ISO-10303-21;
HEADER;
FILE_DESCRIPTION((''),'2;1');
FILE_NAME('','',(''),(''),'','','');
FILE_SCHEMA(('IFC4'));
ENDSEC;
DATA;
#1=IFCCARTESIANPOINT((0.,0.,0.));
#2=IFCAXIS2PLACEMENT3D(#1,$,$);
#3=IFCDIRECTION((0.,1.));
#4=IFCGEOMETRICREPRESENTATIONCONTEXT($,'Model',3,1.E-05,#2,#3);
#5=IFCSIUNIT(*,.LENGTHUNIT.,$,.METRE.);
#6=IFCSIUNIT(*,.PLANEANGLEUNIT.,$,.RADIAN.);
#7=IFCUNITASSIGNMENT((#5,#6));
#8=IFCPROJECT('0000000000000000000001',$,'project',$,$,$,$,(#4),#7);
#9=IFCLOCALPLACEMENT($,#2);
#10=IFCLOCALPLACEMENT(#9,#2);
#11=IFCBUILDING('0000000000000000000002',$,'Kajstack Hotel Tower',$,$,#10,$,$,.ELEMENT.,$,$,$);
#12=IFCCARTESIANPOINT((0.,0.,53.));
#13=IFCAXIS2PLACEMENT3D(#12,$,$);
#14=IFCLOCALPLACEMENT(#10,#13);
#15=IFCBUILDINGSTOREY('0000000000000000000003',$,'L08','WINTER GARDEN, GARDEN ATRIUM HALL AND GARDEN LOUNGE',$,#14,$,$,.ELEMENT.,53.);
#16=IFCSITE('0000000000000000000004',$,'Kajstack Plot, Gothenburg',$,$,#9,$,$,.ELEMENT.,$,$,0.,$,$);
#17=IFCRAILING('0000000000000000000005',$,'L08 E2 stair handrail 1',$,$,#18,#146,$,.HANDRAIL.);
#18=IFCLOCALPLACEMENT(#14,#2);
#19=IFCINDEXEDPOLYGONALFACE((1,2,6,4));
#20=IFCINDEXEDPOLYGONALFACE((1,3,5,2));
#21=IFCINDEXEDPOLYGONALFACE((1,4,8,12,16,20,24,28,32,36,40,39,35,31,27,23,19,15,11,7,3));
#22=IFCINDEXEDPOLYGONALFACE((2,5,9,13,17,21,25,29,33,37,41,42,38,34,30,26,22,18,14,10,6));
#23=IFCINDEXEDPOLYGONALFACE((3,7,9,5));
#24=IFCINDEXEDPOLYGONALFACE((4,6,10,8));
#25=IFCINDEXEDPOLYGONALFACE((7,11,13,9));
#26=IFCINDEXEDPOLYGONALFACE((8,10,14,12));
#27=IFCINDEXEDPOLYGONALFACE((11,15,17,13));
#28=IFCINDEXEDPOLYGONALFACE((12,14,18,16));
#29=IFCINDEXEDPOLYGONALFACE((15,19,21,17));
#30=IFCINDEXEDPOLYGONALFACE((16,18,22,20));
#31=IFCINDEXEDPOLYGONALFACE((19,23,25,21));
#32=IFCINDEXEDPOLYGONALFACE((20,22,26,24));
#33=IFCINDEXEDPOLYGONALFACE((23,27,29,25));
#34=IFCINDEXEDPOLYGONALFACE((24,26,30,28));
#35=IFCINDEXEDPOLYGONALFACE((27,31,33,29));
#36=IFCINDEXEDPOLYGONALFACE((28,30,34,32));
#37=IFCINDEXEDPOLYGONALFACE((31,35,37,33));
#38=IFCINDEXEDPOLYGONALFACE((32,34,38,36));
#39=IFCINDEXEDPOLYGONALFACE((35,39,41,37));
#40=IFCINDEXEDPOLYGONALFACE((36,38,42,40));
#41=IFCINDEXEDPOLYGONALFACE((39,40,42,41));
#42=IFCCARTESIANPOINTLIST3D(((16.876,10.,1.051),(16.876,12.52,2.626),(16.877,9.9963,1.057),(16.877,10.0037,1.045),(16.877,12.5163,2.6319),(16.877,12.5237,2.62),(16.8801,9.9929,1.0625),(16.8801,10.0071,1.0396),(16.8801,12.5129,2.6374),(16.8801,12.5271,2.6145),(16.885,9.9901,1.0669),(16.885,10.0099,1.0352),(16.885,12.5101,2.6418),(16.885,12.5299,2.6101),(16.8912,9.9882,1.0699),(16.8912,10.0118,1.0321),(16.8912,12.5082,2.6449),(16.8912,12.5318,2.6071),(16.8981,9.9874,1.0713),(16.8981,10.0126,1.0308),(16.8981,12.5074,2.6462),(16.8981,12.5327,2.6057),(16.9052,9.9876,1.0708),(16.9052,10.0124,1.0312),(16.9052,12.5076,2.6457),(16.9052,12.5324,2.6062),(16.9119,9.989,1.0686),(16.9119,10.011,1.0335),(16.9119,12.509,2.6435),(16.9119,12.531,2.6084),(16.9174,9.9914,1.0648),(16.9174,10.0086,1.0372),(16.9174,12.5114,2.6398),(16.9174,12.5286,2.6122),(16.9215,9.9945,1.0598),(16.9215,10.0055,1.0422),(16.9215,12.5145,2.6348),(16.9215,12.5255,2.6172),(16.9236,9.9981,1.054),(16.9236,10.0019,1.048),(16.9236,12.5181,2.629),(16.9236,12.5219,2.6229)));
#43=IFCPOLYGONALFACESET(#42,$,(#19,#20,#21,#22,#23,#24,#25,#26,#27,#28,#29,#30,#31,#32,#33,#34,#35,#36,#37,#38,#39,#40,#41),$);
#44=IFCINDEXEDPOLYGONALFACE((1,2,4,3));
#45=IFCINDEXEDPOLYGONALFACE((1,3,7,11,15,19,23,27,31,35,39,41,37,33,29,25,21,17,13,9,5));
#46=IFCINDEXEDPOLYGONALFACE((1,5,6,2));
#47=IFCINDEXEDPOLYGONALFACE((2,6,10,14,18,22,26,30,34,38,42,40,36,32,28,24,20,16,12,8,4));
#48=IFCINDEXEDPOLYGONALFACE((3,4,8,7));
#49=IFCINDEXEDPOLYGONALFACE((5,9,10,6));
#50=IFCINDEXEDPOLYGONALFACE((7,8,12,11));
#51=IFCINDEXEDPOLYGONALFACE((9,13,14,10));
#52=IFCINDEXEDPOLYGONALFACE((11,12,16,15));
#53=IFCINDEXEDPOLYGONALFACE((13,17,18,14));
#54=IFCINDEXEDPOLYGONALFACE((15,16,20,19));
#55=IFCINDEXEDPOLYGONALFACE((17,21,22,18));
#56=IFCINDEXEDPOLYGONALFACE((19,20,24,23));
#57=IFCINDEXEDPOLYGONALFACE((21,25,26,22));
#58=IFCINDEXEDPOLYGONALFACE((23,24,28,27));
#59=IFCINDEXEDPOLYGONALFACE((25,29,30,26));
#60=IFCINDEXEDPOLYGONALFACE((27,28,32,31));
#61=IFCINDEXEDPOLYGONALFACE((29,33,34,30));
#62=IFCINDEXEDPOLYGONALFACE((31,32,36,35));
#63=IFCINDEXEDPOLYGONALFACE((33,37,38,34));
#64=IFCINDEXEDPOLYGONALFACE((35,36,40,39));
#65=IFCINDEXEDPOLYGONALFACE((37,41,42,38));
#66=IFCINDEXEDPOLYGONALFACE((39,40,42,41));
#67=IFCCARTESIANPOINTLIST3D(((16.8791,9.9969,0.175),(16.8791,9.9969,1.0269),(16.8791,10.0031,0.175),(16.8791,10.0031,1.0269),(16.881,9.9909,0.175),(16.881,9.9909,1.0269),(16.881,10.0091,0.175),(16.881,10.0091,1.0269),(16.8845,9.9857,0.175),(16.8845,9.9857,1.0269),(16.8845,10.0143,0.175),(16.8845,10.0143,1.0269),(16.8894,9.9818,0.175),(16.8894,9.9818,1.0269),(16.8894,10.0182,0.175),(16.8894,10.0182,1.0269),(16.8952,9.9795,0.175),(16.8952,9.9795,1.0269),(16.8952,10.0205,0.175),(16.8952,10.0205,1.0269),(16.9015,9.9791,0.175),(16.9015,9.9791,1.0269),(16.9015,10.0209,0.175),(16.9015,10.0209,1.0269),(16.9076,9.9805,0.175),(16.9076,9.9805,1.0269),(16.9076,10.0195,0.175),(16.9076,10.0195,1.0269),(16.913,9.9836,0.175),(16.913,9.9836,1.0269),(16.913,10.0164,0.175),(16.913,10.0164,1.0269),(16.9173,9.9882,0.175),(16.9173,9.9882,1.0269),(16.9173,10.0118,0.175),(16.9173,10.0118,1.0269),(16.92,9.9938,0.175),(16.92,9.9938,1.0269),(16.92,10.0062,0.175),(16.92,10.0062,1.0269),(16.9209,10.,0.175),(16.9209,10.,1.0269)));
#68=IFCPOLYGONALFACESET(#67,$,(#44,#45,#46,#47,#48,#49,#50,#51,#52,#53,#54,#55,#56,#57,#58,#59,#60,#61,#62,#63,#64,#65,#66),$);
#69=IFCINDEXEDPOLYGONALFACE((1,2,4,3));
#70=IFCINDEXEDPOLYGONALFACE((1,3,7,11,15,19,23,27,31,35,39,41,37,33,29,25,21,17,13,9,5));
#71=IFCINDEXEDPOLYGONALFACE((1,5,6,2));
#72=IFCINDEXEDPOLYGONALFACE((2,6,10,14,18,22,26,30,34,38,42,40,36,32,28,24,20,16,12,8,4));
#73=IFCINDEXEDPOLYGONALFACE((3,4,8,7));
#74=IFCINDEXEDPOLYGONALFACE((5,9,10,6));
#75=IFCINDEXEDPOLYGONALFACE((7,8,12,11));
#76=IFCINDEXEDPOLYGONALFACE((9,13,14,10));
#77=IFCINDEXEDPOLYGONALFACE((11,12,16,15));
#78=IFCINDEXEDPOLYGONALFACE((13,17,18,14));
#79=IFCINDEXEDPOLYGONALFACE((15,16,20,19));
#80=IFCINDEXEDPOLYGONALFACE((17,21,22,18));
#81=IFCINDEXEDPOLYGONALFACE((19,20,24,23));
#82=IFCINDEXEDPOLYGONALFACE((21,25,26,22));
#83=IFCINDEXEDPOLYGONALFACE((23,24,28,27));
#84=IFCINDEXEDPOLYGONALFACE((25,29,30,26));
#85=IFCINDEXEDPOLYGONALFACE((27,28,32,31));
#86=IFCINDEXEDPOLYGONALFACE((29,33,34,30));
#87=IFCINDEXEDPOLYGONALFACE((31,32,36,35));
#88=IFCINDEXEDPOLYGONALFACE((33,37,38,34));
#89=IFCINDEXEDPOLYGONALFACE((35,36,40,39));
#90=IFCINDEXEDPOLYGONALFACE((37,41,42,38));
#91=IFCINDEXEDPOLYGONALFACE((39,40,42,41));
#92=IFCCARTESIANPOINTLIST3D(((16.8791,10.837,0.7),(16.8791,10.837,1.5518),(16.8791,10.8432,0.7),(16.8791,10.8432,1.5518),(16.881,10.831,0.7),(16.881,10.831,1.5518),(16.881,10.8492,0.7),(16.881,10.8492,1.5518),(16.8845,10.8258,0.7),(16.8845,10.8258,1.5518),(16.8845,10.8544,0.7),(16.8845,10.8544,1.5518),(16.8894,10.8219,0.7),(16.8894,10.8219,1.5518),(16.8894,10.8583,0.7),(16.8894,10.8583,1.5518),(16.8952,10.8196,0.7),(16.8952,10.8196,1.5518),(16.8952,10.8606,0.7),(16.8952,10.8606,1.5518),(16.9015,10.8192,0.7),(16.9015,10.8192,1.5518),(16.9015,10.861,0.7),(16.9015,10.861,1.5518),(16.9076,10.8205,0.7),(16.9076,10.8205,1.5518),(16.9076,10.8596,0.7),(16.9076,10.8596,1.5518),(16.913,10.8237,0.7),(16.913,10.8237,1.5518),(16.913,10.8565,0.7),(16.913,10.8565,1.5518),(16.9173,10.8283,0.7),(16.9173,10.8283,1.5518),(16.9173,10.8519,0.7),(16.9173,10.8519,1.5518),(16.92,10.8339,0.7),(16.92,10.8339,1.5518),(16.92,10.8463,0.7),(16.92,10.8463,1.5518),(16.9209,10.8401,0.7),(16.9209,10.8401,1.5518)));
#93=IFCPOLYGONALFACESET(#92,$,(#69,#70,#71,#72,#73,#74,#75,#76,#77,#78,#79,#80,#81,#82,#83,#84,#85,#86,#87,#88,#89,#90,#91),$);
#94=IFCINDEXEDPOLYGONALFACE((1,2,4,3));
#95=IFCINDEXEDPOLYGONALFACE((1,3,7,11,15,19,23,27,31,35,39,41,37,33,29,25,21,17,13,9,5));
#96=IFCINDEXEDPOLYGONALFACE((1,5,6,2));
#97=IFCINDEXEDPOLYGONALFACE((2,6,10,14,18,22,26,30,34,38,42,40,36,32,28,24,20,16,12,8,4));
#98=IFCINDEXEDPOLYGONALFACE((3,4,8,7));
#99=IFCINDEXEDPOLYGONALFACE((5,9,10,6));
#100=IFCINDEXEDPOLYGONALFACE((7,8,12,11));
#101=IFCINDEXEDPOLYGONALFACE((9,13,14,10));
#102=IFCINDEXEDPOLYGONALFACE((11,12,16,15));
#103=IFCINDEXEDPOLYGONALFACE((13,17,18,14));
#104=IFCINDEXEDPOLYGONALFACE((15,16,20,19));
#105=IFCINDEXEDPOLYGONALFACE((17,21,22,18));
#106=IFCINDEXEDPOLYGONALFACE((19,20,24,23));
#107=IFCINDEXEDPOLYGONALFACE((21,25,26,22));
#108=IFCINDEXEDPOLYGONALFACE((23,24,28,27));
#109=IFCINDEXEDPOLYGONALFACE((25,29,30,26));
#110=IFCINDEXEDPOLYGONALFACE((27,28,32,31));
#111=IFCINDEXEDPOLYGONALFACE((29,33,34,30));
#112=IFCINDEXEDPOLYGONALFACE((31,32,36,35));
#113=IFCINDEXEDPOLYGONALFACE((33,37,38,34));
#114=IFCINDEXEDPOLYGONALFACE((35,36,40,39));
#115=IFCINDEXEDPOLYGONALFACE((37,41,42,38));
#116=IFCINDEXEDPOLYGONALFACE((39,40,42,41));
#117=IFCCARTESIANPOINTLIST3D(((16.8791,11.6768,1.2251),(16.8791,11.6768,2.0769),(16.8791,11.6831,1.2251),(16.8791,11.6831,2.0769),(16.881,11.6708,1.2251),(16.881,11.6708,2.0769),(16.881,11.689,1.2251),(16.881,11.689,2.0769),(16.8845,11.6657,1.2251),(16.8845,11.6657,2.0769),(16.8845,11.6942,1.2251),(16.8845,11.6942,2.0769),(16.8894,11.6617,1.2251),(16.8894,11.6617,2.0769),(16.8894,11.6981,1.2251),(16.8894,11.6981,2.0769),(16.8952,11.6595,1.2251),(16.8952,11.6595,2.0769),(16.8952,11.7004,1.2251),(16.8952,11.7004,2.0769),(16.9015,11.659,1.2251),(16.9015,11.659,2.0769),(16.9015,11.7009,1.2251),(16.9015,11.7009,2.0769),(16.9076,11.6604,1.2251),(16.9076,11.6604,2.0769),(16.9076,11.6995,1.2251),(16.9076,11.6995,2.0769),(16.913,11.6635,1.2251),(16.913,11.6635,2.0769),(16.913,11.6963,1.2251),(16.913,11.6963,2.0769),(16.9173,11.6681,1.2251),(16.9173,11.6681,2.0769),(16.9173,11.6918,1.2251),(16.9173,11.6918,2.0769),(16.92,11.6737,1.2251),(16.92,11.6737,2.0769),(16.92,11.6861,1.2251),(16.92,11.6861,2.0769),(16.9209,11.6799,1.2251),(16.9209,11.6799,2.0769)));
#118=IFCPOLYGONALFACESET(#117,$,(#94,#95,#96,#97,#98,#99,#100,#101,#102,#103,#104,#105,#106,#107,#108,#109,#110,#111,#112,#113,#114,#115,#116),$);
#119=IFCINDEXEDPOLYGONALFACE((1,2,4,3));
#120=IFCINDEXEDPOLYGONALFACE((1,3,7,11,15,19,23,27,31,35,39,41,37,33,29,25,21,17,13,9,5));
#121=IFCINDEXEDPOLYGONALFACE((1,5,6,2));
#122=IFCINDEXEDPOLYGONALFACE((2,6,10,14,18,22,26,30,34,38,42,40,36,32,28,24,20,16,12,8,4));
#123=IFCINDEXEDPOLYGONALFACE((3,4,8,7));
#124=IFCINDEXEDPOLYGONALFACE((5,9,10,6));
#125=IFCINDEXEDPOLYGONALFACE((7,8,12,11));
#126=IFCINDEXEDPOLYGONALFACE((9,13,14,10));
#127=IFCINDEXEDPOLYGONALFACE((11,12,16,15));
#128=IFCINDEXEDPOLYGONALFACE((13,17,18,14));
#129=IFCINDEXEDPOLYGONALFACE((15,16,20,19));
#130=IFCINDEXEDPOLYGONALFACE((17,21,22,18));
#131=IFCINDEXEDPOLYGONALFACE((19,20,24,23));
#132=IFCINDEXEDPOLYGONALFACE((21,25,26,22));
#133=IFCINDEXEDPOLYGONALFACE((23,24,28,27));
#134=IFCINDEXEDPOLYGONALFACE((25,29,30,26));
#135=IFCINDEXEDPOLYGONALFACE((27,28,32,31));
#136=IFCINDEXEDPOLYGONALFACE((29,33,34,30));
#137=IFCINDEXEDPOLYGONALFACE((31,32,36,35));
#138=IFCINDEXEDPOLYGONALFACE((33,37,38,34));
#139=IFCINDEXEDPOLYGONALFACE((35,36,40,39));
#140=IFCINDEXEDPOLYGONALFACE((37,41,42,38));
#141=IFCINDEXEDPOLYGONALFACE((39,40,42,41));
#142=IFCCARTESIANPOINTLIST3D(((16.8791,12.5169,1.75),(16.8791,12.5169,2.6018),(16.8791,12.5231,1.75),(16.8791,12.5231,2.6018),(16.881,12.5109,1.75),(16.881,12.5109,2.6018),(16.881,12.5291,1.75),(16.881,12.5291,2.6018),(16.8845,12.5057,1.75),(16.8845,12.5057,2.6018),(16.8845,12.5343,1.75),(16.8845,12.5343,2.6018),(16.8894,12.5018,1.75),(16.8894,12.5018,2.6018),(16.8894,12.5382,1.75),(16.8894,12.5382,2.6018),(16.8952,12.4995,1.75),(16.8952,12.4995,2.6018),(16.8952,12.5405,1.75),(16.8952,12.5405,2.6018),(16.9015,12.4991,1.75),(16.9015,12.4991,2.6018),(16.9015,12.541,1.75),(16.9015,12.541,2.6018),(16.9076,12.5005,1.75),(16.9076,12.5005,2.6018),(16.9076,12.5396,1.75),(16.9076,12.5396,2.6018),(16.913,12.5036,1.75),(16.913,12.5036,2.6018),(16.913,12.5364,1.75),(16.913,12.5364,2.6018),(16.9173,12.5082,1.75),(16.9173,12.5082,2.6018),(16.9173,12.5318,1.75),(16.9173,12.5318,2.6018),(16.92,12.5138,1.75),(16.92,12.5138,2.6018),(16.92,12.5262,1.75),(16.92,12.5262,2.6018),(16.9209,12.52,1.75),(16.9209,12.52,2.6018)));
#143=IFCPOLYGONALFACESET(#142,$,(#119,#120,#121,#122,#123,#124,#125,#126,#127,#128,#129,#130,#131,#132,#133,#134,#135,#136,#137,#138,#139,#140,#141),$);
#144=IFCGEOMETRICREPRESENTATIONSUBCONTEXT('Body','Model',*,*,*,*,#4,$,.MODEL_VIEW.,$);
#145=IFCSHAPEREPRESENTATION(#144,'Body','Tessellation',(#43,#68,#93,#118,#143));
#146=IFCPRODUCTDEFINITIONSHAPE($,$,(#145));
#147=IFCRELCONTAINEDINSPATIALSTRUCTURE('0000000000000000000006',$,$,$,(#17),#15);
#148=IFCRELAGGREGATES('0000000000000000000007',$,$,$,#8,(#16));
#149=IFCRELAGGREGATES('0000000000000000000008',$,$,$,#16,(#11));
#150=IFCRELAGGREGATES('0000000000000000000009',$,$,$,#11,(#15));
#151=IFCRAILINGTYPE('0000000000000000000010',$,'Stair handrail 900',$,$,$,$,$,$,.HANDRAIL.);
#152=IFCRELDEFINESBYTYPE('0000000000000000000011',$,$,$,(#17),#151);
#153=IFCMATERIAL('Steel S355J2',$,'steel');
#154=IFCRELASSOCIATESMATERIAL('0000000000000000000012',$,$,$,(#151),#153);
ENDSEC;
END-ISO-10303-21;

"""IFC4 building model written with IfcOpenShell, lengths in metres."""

from ifc_helpers import new_model, si_unit, direction, frame, origin, origin_2d, place, context, subcontext, project, spatial, circle, extrude, material, type_object, element, save


model = new_model("IFC4")

# Units and contexts
model_context = context("Model", 3, precision=1e-05, world=origin(), true_north=direction((0.0, 1.0)))
body_context = subcontext(model_context, "Body", "Model", "MODEL_VIEW")
ifc_project = project(units=[si_unit("LENGTHUNIT", "METRE"), si_unit("PLANEANGLEUNIT", "RADIAN")], contexts=[model_context])

# Site, building, storey
site_placement = place(None, origin())
site = spatial("IfcSite", under=ifc_project, at=site_placement, Name="Kajstack Plot, Gothenburg", CompositionType="ELEMENT", RefElevation=0.0)
building_placement = place(site_placement, origin())
building = spatial("IfcBuilding", under=site, at=building_placement, Name="Kajstack Hotel Tower", CompositionType="ELEMENT")
storey_placement = place(building_placement, frame((0.0, 0.0, 53.0)))
storey = spatial("IfcBuildingStorey", under=building, at=storey_placement, Name="L08", Description="WINTER GARDEN, GARDEN ATRIUM HALL AND GARDEN LOUNGE", CompositionType="ELEMENT", Elevation=53.0)

# Railing
ifc_material_1 = material(Name="Steel S355J2", Category="steel")
railing_type_1 = type_object("IfcRailingType", Name="Stair handrail 900", PredefinedType="HANDRAIL", material=ifc_material_1)
for number, where, name in (
    (1, (16.8999, 10.0, 0.175), "L08 E2 stair handrail 1"),
):
    element("IfcRailing", number, at=place(storey_placement, frame(where)), inside=storey, type_object=railing_type_1, Name=name, PredefinedType="HANDRAIL", context=body_context, shape_type="SweptSolid", body=[
        extrude(circle(Radius=0.0239, at=origin_2d()), frame((0.0, 0.0, 0.876), z_axis=(0.0, 0.848008, 0.529984), x_axis=(-1.0, 0.0, 0.0)), (0.0, 0.0, 1.0), 2.9717),
        extrude(circle(Radius=0.021, at=origin_2d()), origin(), (0.0, 0.0, 1.0), 0.8518),
        extrude(circle(Radius=0.021, at=origin_2d()), frame((0.0, 0.8401, 0.5249)), (0.0, 0.0, 1.0), 0.8518),
        extrude(circle(Radius=0.021, at=origin_2d()), frame((0.0, 1.6799, 1.05)), (0.0, 0.0, 1.0), 0.8518),
        extrude(circle(Radius=0.021, at=origin_2d()), frame((0.0, 2.52, 1.575)), (0.0, 0.0, 1.0), 0.8518),
    ])

save(model, "model.ifc")
